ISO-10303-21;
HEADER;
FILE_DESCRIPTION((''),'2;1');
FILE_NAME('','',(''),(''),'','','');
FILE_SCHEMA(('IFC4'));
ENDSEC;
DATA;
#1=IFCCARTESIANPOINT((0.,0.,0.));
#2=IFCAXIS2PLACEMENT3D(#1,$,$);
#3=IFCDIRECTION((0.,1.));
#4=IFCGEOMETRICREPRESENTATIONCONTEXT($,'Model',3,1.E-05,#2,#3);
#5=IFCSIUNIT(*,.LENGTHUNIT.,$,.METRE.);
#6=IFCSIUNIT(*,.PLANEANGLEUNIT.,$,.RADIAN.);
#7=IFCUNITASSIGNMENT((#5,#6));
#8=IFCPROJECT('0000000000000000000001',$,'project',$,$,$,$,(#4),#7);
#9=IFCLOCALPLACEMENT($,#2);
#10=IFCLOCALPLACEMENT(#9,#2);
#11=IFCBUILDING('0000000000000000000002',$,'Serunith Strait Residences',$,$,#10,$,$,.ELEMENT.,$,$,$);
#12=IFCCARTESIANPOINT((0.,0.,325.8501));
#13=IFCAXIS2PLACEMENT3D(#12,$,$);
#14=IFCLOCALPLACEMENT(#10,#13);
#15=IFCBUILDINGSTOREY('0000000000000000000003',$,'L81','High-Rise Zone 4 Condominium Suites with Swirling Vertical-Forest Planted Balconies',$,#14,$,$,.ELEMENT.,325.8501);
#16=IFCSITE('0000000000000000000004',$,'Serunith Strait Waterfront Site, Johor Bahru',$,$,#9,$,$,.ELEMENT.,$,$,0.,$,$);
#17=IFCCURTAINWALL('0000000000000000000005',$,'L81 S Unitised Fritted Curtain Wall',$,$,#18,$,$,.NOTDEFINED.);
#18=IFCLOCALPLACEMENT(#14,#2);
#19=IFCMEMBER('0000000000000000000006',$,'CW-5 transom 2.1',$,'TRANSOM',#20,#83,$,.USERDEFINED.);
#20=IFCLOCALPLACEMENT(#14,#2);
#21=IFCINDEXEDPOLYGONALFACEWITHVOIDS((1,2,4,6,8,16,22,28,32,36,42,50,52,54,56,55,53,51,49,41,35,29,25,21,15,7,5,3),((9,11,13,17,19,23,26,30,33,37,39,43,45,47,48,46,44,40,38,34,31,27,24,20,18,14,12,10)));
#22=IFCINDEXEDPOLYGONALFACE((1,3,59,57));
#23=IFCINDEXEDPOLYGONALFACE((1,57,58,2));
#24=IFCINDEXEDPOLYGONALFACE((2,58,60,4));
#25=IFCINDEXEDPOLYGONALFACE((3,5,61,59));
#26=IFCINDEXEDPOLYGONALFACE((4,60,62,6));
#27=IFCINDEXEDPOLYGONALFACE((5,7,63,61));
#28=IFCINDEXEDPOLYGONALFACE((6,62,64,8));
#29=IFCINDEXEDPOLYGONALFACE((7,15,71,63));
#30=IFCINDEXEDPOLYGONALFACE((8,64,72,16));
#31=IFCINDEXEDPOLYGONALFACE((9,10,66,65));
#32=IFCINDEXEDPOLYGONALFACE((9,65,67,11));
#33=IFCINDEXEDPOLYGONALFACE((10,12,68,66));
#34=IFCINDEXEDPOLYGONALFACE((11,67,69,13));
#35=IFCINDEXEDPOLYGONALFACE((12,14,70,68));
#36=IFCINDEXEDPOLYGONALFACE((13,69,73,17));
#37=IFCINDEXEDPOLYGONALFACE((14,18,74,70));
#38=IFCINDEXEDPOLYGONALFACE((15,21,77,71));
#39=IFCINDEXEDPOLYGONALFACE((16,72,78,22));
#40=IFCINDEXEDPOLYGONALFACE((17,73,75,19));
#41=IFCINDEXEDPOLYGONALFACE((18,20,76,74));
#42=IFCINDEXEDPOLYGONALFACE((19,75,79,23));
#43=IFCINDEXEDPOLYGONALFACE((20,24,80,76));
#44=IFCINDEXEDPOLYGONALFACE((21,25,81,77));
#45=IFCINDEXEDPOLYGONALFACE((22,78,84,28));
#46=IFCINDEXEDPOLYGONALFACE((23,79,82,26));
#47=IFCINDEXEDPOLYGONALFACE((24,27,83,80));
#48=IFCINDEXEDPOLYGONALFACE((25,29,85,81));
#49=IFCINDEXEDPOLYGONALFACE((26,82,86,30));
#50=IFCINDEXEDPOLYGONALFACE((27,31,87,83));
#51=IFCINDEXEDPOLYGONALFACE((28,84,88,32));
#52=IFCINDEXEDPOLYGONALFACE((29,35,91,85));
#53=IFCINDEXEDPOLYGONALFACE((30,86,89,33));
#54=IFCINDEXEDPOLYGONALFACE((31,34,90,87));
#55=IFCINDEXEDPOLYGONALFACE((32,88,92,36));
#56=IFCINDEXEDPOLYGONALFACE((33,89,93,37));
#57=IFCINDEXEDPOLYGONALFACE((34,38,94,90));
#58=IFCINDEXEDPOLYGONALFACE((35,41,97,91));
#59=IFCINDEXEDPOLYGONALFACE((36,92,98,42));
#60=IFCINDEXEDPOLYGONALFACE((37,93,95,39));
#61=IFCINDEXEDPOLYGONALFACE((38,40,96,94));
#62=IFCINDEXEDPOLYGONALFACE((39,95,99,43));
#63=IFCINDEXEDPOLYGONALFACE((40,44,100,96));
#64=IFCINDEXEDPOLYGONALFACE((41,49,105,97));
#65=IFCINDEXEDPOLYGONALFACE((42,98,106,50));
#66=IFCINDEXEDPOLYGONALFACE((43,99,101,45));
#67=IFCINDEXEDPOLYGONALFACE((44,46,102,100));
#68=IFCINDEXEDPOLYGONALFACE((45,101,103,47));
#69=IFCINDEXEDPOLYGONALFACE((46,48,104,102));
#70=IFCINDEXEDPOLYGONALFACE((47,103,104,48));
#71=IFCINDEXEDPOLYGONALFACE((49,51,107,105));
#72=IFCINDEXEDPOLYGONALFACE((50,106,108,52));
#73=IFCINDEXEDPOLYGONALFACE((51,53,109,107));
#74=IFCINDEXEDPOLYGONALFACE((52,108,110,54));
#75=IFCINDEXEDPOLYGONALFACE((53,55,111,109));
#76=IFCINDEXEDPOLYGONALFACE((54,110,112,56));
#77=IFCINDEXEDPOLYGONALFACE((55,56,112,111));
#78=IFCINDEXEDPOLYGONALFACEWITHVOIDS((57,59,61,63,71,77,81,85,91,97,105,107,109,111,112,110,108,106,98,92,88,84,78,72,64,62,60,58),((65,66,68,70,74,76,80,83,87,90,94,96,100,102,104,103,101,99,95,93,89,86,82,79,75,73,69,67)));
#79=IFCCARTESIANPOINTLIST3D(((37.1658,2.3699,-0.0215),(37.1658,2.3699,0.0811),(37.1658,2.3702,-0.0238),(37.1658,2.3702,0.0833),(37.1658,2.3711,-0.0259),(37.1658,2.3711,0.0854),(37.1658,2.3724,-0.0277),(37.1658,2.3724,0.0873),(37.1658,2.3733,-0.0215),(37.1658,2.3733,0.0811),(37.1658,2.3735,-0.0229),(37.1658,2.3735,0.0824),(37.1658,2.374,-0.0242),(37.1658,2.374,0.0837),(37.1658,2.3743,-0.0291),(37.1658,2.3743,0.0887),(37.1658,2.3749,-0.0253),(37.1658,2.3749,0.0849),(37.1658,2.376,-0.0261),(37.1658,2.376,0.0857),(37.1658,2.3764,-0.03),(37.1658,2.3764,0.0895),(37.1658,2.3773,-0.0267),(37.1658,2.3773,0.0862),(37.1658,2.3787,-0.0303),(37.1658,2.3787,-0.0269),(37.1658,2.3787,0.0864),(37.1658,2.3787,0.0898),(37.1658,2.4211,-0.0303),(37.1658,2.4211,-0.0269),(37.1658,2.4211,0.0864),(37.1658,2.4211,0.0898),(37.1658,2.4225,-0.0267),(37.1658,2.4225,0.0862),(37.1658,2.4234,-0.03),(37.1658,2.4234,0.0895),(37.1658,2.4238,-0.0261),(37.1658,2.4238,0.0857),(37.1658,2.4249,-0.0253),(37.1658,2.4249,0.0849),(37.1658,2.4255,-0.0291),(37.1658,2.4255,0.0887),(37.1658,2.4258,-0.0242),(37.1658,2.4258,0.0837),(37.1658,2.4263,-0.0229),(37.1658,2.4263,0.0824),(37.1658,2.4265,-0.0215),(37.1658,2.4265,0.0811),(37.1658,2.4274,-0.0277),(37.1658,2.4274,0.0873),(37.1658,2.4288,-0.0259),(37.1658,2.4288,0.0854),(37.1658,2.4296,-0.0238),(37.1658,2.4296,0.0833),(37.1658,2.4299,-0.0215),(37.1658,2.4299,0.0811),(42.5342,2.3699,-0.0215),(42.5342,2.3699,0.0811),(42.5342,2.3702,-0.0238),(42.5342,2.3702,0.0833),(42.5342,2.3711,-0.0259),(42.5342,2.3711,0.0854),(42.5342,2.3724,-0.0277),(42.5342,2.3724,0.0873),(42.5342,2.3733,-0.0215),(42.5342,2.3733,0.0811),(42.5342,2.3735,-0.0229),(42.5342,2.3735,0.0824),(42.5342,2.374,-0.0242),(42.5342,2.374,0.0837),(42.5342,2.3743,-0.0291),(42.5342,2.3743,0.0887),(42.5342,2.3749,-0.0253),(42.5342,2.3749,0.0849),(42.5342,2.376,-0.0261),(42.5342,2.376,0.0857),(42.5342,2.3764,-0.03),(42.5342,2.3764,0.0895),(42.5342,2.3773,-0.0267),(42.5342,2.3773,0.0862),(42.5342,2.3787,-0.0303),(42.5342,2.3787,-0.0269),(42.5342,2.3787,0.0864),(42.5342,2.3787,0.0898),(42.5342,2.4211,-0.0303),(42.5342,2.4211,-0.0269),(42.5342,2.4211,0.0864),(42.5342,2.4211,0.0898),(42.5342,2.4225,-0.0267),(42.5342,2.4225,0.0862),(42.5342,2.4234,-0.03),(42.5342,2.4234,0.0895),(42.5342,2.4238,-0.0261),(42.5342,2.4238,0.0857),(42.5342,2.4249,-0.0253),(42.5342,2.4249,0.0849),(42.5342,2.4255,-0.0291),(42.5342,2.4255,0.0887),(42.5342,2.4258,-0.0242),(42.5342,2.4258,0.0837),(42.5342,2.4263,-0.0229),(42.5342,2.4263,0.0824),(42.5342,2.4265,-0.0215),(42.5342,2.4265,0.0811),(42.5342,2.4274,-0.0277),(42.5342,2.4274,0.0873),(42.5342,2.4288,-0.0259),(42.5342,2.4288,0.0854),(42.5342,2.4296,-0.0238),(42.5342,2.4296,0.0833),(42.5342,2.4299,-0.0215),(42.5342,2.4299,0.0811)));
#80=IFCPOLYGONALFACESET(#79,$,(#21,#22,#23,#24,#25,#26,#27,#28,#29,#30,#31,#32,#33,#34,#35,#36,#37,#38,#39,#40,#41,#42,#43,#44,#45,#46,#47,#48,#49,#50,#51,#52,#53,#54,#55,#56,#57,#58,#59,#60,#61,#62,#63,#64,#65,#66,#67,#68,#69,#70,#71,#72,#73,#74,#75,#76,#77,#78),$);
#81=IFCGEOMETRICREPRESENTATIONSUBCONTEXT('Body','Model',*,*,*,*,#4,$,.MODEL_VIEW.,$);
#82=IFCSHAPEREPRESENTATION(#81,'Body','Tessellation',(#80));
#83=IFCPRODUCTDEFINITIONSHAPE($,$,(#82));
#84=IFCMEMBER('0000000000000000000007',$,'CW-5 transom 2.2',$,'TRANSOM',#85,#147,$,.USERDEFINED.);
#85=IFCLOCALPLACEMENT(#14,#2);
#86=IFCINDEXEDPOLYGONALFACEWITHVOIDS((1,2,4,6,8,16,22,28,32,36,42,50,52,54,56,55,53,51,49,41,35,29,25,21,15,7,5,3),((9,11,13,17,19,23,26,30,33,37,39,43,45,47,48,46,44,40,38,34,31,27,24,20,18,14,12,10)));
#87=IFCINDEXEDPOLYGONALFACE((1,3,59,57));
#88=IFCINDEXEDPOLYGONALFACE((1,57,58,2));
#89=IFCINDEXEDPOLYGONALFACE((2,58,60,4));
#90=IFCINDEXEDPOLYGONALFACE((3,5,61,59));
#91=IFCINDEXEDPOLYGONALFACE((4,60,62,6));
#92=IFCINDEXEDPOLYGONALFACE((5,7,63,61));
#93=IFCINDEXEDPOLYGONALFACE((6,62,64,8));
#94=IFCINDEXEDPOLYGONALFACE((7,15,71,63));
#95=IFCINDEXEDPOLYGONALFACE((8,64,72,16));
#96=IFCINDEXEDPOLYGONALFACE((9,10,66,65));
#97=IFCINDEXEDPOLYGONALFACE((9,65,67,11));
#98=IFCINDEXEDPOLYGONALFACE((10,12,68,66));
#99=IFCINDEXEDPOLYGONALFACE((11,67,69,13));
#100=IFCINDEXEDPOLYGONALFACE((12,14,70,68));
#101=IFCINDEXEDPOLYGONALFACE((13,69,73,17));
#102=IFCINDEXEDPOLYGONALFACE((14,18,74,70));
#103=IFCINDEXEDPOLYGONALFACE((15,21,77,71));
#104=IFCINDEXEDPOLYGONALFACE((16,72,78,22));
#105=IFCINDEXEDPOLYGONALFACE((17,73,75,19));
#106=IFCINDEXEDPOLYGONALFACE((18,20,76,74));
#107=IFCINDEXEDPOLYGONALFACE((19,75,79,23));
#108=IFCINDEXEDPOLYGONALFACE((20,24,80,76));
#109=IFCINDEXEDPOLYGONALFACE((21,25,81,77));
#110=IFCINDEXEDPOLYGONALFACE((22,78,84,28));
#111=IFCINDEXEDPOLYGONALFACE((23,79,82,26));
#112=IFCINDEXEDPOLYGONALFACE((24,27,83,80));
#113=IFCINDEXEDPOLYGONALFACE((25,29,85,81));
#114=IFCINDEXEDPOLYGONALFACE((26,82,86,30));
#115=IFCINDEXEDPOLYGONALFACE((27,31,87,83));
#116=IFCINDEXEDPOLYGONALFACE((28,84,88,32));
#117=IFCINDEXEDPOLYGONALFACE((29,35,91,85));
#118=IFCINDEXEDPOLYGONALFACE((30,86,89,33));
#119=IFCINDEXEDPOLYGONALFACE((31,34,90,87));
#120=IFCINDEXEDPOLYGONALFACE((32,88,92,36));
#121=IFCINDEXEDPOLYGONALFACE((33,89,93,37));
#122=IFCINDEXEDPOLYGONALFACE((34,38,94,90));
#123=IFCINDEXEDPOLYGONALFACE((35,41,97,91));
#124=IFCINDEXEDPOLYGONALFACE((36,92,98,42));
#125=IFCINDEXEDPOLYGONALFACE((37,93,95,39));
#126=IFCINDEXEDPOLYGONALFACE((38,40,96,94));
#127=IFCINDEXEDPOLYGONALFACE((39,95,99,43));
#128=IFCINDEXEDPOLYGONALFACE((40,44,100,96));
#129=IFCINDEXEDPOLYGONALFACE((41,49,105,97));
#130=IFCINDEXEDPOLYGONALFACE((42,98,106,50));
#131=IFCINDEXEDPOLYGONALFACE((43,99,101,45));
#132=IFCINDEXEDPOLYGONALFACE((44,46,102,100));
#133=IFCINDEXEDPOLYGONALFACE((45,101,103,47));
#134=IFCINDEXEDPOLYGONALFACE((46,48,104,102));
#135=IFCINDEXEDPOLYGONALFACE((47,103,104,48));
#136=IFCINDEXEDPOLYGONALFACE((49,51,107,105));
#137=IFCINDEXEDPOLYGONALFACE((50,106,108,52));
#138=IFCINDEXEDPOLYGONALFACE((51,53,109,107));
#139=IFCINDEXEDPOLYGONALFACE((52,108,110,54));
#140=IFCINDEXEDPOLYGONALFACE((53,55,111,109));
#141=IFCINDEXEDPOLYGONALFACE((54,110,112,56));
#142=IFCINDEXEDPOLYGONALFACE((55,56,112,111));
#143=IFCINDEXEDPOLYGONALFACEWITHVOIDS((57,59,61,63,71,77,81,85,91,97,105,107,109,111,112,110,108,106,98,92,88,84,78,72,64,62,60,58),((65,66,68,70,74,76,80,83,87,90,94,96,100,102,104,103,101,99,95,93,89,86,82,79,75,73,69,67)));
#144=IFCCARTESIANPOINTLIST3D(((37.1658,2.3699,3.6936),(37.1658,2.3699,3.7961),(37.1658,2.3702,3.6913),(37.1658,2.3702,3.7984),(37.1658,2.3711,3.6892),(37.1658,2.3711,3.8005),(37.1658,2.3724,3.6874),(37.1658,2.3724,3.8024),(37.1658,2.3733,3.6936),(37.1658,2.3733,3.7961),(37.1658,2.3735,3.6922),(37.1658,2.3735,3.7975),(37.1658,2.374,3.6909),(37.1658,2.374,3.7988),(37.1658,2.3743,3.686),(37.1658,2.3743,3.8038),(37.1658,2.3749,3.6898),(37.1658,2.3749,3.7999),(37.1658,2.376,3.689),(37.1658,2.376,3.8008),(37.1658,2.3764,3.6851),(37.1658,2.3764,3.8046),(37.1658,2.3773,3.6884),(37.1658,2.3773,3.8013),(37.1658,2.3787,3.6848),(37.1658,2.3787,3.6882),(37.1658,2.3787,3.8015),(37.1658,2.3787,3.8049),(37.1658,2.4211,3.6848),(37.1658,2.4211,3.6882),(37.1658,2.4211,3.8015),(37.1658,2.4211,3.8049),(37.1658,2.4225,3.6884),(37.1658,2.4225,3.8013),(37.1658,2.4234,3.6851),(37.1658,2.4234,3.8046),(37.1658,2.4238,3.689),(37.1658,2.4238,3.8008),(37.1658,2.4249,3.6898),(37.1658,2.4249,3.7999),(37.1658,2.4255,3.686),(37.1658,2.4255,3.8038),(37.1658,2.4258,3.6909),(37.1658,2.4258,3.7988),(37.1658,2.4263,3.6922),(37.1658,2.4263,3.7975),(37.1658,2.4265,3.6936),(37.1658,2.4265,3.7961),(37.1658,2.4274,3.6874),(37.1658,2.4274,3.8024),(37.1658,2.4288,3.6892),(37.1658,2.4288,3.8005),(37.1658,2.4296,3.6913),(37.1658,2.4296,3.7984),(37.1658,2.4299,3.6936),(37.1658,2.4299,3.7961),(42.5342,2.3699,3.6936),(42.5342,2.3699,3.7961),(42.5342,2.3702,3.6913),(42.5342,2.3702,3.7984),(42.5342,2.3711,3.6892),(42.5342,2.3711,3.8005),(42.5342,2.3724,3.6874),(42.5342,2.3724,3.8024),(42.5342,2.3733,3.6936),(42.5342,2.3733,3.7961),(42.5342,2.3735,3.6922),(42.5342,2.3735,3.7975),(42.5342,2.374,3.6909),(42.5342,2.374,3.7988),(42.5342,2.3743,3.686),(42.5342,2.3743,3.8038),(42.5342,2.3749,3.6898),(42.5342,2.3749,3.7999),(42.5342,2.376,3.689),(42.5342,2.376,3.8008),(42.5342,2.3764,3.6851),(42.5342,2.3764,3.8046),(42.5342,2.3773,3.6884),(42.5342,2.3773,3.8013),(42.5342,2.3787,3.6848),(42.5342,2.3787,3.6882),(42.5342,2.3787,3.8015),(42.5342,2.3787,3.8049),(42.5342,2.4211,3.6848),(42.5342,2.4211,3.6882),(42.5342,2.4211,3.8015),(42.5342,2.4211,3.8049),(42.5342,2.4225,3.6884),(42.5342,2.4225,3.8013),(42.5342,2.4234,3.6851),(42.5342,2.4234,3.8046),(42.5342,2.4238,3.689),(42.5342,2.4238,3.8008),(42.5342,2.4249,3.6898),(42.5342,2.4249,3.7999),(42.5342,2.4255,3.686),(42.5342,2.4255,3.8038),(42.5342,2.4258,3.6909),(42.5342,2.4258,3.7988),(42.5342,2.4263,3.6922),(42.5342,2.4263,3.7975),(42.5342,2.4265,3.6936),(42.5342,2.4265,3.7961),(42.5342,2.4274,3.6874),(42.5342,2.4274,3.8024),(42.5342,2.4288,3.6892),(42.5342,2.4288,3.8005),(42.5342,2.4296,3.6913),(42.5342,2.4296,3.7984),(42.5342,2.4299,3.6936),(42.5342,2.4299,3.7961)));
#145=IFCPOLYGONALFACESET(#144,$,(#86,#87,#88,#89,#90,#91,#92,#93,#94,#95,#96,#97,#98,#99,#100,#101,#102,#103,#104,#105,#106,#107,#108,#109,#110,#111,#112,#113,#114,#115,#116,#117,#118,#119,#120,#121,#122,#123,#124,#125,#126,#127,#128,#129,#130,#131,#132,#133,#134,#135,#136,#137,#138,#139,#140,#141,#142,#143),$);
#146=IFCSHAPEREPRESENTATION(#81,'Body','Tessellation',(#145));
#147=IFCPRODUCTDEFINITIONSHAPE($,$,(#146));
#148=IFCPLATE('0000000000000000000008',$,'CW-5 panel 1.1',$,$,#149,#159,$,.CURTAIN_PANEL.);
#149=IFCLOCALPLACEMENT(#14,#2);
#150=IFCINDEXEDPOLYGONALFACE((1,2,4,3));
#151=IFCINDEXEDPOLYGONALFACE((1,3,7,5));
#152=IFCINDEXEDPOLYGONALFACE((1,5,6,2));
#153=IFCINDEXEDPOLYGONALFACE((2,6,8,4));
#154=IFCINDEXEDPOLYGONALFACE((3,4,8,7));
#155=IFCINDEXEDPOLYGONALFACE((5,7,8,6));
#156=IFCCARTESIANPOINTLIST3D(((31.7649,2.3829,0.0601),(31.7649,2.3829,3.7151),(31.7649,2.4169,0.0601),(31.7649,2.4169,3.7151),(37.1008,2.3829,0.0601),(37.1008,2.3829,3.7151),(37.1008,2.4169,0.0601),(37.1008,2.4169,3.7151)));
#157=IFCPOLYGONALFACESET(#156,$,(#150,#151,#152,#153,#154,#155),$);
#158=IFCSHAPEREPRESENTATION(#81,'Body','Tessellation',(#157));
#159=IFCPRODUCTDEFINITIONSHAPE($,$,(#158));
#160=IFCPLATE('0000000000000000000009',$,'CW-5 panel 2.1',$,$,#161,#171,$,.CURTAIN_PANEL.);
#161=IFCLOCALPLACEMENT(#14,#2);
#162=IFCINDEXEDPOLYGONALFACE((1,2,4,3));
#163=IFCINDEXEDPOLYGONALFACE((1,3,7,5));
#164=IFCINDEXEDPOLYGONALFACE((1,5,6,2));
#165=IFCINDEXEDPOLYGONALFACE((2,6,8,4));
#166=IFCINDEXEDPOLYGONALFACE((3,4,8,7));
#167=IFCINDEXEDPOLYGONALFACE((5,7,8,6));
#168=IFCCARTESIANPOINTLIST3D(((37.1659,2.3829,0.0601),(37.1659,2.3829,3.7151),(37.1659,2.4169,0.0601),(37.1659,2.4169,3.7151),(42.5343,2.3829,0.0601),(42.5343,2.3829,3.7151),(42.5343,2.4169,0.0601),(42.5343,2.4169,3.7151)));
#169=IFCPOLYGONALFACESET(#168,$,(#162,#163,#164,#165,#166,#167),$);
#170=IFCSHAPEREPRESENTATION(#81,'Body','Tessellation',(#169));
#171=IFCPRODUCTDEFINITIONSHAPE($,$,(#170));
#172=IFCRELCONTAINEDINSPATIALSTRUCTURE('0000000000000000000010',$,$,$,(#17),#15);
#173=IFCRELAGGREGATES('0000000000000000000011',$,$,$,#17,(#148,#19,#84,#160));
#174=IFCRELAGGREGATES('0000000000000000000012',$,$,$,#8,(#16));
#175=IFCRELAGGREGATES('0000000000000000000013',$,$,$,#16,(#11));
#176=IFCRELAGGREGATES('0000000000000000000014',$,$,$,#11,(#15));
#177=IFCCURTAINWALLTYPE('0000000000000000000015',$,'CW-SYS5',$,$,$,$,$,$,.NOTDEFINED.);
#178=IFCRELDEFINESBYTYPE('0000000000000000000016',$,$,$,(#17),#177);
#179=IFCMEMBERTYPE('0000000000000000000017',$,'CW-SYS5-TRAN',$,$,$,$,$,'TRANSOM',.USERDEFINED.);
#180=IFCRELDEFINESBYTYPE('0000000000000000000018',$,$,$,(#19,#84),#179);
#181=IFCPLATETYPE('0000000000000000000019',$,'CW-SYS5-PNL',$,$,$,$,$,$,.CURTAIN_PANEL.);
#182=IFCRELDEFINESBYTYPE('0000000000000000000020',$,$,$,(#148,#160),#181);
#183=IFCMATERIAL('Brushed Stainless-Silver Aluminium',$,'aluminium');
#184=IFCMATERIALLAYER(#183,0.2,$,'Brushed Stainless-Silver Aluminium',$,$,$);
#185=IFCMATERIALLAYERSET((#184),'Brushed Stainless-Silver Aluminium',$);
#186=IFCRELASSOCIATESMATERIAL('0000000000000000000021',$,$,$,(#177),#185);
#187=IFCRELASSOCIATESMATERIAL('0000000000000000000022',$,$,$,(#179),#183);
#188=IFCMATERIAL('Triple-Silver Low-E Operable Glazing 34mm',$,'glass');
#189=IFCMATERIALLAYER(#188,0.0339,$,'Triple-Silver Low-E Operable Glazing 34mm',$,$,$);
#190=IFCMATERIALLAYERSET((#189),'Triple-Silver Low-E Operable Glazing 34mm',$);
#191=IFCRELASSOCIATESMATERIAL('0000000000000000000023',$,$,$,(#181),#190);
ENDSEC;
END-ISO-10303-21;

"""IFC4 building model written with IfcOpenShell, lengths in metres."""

from ifc_helpers import new_model, si_unit, direction, frame, origin, origin_2d, place, context, subcontext, project, spatial, rectangle, hollow_rectangle, extrude, source, transform, mapped, material, layer, layer_set, material_profile, profile_set, type_object, element, aggregate, save


model = new_model("IFC4")

# Units and contexts
model_context = context("Model", 3, precision=1e-05, world=origin(), true_north=direction((0.0, 1.0)))
body_context = subcontext(model_context, "Body", "Model", "MODEL_VIEW")
ifc_project = project(units=[si_unit("LENGTHUNIT", "METRE"), si_unit("PLANEANGLEUNIT", "RADIAN")], contexts=[model_context])

# Site, building, storey
site_placement = place(None, origin())
site = spatial("IfcSite", under=ifc_project, at=site_placement, Name="Serunith Strait Waterfront Site, Johor Bahru", CompositionType="ELEMENT", RefElevation=0.0)
building_placement = place(site_placement, origin())
building = spatial("IfcBuilding", under=site, at=building_placement, Name="Serunith Strait Residences", CompositionType="ELEMENT")
storey_placement = place(building_placement, frame((0.0, 0.0, 325.8501)))
storey = spatial("IfcBuildingStorey", under=building, at=storey_placement, Name="L81", Description="High-Rise Zone 4 Condominium Suites with Swirling Vertical-Forest Planted Balconies", CompositionType="ELEMENT", Elevation=325.8501)

# Curtain wall, members, plates
ifc_material_1 = material(Name="Brushed Stainless-Silver Aluminium", Category="aluminium")
ifc_layer_1 = layer(ifc_material_1, 0.2, Name="Brushed Stainless-Silver Aluminium")
ifc_layer_set_1 = layer_set([ifc_layer_1], Name="Brushed Stainless-Silver Aluminium")
curtain_wall_type = type_object("IfcCurtainWallType", Name="CW-SYS5", PredefinedType="NOTDEFINED", material=ifc_layer_set_1)
curtain_wall_placement = place(storey_placement, origin())
curtain_wall = element("IfcCurtainWall", 1, at=curtain_wall_placement, inside=storey, type_object=curtain_wall_type, Name="L81 S Unitised Fritted Curtain Wall", PredefinedType="NOTDEFINED")
ifc_material_profile_1 = material_profile(ifc_material_1, hollow_rectangle(XDim=0.0601, YDim=0.1201, WallThickness=0.0034, InnerFilletRadius=0.0054, OuterFilletRadius=0.0088, at=origin_2d()), Name="ALU 120x60x3.5")
ifc_profile_set_1 = profile_set([ifc_material_profile_1], Name="Brushed Stainless-Silver Aluminium")
member_type_1 = type_object("IfcMemberType", Name="CW-SYS5-TRAN", ElementType="TRANSOM", PredefinedType="USERDEFINED", material=ifc_profile_set_1)
shared_shape_1 = source(origin(), body_context, "Body", "SweptSolid", [
    extrude(hollow_rectangle(XDim=0.0601, YDim=0.1201, WallThickness=0.0034, InnerFilletRadius=0.0054, OuterFilletRadius=0.0088, at=origin_2d()), origin(), (0.0, 0.0, 1.0), 5.3684),
])
member_1_placement = place(storey_placement, frame((37.1658, 2.3999, 0.0298), z_axis=(1.0, 0.0, 0.0), x_axis=(0.0, 1.0, 0.0)))
member_1 = element("IfcMember", 2, at=member_1_placement, type_object=member_type_1, Name="CW-5 transom 2.1", ObjectType="TRANSOM", PredefinedType="USERDEFINED", context=body_context, shape_type="MappedRepresentation", body=[
    mapped(shared_shape_1, transform((0.0, 0.0, 0.0), scale=1.0)),
])
member_2_placement = place(storey_placement, frame((37.1658, 2.3999, 3.7449), z_axis=(1.0, 0.0, 0.0), x_axis=(0.0, 1.0, 0.0)))
member_2 = element("IfcMember", 3, at=member_2_placement, type_object=member_type_1, Name="CW-5 transom 2.2", ObjectType="TRANSOM", PredefinedType="USERDEFINED", context=body_context, shape_type="MappedRepresentation", body=[
    mapped(shared_shape_1, transform((0.0, 0.0, 0.0), scale=1.0)),
])
ifc_material_2 = material(Name="Triple-Silver Low-E Operable Glazing 34mm", Category="glass")
ifc_layer_2 = layer(ifc_material_2, 0.0339, Name="Triple-Silver Low-E Operable Glazing 34mm")
ifc_layer_set_2 = layer_set([ifc_layer_2], Name="Triple-Silver Low-E Operable Glazing 34mm")
plate_type = type_object("IfcPlateType", Name="CW-SYS5-PNL", PredefinedType="CURTAIN_PANEL", material=ifc_layer_set_2)
shared_shape_2 = source(origin(), body_context, "Body", "SweptSolid", [
    extrude(rectangle(XDim=5.3359, YDim=0.0339, at=origin_2d()), origin(), (0.0, 0.0, 1.0), 3.655),
])
plate_1_placement = place(storey_placement, frame((34.4329, 2.3999, 0.0601), z_axis=(0.0, 0.0, 1.0), x_axis=(1.0, 0.0, 0.0)))
plate_1 = element("IfcPlate", 4, at=plate_1_placement, type_object=plate_type, Name="CW-5 panel 1.1", PredefinedType="CURTAIN_PANEL", context=body_context, shape_type="MappedRepresentation", body=[
    mapped(shared_shape_2, transform((0.0, 0.0, 0.0), scale=1.0)),
])
shared_shape_3 = source(origin(), body_context, "Body", "SweptSolid", [
    extrude(rectangle(XDim=5.3684, YDim=0.0339, at=origin_2d()), origin(), (0.0, 0.0, 1.0), 3.655),
])
plate_2_placement = place(storey_placement, frame((39.8501, 2.3999, 0.0601), z_axis=(0.0, 0.0, 1.0), x_axis=(1.0, 0.0, 0.0)))
plate_2 = element("IfcPlate", 5, at=plate_2_placement, type_object=plate_type, Name="CW-5 panel 2.1", PredefinedType="CURTAIN_PANEL", context=body_context, shape_type="MappedRepresentation", body=[
    mapped(shared_shape_3, transform((0.0, 0.0, 0.0), scale=1.0)),
])
aggregate(curtain_wall, [plate_1, member_1, member_2, plate_2])

save(model, "model.ifc")
